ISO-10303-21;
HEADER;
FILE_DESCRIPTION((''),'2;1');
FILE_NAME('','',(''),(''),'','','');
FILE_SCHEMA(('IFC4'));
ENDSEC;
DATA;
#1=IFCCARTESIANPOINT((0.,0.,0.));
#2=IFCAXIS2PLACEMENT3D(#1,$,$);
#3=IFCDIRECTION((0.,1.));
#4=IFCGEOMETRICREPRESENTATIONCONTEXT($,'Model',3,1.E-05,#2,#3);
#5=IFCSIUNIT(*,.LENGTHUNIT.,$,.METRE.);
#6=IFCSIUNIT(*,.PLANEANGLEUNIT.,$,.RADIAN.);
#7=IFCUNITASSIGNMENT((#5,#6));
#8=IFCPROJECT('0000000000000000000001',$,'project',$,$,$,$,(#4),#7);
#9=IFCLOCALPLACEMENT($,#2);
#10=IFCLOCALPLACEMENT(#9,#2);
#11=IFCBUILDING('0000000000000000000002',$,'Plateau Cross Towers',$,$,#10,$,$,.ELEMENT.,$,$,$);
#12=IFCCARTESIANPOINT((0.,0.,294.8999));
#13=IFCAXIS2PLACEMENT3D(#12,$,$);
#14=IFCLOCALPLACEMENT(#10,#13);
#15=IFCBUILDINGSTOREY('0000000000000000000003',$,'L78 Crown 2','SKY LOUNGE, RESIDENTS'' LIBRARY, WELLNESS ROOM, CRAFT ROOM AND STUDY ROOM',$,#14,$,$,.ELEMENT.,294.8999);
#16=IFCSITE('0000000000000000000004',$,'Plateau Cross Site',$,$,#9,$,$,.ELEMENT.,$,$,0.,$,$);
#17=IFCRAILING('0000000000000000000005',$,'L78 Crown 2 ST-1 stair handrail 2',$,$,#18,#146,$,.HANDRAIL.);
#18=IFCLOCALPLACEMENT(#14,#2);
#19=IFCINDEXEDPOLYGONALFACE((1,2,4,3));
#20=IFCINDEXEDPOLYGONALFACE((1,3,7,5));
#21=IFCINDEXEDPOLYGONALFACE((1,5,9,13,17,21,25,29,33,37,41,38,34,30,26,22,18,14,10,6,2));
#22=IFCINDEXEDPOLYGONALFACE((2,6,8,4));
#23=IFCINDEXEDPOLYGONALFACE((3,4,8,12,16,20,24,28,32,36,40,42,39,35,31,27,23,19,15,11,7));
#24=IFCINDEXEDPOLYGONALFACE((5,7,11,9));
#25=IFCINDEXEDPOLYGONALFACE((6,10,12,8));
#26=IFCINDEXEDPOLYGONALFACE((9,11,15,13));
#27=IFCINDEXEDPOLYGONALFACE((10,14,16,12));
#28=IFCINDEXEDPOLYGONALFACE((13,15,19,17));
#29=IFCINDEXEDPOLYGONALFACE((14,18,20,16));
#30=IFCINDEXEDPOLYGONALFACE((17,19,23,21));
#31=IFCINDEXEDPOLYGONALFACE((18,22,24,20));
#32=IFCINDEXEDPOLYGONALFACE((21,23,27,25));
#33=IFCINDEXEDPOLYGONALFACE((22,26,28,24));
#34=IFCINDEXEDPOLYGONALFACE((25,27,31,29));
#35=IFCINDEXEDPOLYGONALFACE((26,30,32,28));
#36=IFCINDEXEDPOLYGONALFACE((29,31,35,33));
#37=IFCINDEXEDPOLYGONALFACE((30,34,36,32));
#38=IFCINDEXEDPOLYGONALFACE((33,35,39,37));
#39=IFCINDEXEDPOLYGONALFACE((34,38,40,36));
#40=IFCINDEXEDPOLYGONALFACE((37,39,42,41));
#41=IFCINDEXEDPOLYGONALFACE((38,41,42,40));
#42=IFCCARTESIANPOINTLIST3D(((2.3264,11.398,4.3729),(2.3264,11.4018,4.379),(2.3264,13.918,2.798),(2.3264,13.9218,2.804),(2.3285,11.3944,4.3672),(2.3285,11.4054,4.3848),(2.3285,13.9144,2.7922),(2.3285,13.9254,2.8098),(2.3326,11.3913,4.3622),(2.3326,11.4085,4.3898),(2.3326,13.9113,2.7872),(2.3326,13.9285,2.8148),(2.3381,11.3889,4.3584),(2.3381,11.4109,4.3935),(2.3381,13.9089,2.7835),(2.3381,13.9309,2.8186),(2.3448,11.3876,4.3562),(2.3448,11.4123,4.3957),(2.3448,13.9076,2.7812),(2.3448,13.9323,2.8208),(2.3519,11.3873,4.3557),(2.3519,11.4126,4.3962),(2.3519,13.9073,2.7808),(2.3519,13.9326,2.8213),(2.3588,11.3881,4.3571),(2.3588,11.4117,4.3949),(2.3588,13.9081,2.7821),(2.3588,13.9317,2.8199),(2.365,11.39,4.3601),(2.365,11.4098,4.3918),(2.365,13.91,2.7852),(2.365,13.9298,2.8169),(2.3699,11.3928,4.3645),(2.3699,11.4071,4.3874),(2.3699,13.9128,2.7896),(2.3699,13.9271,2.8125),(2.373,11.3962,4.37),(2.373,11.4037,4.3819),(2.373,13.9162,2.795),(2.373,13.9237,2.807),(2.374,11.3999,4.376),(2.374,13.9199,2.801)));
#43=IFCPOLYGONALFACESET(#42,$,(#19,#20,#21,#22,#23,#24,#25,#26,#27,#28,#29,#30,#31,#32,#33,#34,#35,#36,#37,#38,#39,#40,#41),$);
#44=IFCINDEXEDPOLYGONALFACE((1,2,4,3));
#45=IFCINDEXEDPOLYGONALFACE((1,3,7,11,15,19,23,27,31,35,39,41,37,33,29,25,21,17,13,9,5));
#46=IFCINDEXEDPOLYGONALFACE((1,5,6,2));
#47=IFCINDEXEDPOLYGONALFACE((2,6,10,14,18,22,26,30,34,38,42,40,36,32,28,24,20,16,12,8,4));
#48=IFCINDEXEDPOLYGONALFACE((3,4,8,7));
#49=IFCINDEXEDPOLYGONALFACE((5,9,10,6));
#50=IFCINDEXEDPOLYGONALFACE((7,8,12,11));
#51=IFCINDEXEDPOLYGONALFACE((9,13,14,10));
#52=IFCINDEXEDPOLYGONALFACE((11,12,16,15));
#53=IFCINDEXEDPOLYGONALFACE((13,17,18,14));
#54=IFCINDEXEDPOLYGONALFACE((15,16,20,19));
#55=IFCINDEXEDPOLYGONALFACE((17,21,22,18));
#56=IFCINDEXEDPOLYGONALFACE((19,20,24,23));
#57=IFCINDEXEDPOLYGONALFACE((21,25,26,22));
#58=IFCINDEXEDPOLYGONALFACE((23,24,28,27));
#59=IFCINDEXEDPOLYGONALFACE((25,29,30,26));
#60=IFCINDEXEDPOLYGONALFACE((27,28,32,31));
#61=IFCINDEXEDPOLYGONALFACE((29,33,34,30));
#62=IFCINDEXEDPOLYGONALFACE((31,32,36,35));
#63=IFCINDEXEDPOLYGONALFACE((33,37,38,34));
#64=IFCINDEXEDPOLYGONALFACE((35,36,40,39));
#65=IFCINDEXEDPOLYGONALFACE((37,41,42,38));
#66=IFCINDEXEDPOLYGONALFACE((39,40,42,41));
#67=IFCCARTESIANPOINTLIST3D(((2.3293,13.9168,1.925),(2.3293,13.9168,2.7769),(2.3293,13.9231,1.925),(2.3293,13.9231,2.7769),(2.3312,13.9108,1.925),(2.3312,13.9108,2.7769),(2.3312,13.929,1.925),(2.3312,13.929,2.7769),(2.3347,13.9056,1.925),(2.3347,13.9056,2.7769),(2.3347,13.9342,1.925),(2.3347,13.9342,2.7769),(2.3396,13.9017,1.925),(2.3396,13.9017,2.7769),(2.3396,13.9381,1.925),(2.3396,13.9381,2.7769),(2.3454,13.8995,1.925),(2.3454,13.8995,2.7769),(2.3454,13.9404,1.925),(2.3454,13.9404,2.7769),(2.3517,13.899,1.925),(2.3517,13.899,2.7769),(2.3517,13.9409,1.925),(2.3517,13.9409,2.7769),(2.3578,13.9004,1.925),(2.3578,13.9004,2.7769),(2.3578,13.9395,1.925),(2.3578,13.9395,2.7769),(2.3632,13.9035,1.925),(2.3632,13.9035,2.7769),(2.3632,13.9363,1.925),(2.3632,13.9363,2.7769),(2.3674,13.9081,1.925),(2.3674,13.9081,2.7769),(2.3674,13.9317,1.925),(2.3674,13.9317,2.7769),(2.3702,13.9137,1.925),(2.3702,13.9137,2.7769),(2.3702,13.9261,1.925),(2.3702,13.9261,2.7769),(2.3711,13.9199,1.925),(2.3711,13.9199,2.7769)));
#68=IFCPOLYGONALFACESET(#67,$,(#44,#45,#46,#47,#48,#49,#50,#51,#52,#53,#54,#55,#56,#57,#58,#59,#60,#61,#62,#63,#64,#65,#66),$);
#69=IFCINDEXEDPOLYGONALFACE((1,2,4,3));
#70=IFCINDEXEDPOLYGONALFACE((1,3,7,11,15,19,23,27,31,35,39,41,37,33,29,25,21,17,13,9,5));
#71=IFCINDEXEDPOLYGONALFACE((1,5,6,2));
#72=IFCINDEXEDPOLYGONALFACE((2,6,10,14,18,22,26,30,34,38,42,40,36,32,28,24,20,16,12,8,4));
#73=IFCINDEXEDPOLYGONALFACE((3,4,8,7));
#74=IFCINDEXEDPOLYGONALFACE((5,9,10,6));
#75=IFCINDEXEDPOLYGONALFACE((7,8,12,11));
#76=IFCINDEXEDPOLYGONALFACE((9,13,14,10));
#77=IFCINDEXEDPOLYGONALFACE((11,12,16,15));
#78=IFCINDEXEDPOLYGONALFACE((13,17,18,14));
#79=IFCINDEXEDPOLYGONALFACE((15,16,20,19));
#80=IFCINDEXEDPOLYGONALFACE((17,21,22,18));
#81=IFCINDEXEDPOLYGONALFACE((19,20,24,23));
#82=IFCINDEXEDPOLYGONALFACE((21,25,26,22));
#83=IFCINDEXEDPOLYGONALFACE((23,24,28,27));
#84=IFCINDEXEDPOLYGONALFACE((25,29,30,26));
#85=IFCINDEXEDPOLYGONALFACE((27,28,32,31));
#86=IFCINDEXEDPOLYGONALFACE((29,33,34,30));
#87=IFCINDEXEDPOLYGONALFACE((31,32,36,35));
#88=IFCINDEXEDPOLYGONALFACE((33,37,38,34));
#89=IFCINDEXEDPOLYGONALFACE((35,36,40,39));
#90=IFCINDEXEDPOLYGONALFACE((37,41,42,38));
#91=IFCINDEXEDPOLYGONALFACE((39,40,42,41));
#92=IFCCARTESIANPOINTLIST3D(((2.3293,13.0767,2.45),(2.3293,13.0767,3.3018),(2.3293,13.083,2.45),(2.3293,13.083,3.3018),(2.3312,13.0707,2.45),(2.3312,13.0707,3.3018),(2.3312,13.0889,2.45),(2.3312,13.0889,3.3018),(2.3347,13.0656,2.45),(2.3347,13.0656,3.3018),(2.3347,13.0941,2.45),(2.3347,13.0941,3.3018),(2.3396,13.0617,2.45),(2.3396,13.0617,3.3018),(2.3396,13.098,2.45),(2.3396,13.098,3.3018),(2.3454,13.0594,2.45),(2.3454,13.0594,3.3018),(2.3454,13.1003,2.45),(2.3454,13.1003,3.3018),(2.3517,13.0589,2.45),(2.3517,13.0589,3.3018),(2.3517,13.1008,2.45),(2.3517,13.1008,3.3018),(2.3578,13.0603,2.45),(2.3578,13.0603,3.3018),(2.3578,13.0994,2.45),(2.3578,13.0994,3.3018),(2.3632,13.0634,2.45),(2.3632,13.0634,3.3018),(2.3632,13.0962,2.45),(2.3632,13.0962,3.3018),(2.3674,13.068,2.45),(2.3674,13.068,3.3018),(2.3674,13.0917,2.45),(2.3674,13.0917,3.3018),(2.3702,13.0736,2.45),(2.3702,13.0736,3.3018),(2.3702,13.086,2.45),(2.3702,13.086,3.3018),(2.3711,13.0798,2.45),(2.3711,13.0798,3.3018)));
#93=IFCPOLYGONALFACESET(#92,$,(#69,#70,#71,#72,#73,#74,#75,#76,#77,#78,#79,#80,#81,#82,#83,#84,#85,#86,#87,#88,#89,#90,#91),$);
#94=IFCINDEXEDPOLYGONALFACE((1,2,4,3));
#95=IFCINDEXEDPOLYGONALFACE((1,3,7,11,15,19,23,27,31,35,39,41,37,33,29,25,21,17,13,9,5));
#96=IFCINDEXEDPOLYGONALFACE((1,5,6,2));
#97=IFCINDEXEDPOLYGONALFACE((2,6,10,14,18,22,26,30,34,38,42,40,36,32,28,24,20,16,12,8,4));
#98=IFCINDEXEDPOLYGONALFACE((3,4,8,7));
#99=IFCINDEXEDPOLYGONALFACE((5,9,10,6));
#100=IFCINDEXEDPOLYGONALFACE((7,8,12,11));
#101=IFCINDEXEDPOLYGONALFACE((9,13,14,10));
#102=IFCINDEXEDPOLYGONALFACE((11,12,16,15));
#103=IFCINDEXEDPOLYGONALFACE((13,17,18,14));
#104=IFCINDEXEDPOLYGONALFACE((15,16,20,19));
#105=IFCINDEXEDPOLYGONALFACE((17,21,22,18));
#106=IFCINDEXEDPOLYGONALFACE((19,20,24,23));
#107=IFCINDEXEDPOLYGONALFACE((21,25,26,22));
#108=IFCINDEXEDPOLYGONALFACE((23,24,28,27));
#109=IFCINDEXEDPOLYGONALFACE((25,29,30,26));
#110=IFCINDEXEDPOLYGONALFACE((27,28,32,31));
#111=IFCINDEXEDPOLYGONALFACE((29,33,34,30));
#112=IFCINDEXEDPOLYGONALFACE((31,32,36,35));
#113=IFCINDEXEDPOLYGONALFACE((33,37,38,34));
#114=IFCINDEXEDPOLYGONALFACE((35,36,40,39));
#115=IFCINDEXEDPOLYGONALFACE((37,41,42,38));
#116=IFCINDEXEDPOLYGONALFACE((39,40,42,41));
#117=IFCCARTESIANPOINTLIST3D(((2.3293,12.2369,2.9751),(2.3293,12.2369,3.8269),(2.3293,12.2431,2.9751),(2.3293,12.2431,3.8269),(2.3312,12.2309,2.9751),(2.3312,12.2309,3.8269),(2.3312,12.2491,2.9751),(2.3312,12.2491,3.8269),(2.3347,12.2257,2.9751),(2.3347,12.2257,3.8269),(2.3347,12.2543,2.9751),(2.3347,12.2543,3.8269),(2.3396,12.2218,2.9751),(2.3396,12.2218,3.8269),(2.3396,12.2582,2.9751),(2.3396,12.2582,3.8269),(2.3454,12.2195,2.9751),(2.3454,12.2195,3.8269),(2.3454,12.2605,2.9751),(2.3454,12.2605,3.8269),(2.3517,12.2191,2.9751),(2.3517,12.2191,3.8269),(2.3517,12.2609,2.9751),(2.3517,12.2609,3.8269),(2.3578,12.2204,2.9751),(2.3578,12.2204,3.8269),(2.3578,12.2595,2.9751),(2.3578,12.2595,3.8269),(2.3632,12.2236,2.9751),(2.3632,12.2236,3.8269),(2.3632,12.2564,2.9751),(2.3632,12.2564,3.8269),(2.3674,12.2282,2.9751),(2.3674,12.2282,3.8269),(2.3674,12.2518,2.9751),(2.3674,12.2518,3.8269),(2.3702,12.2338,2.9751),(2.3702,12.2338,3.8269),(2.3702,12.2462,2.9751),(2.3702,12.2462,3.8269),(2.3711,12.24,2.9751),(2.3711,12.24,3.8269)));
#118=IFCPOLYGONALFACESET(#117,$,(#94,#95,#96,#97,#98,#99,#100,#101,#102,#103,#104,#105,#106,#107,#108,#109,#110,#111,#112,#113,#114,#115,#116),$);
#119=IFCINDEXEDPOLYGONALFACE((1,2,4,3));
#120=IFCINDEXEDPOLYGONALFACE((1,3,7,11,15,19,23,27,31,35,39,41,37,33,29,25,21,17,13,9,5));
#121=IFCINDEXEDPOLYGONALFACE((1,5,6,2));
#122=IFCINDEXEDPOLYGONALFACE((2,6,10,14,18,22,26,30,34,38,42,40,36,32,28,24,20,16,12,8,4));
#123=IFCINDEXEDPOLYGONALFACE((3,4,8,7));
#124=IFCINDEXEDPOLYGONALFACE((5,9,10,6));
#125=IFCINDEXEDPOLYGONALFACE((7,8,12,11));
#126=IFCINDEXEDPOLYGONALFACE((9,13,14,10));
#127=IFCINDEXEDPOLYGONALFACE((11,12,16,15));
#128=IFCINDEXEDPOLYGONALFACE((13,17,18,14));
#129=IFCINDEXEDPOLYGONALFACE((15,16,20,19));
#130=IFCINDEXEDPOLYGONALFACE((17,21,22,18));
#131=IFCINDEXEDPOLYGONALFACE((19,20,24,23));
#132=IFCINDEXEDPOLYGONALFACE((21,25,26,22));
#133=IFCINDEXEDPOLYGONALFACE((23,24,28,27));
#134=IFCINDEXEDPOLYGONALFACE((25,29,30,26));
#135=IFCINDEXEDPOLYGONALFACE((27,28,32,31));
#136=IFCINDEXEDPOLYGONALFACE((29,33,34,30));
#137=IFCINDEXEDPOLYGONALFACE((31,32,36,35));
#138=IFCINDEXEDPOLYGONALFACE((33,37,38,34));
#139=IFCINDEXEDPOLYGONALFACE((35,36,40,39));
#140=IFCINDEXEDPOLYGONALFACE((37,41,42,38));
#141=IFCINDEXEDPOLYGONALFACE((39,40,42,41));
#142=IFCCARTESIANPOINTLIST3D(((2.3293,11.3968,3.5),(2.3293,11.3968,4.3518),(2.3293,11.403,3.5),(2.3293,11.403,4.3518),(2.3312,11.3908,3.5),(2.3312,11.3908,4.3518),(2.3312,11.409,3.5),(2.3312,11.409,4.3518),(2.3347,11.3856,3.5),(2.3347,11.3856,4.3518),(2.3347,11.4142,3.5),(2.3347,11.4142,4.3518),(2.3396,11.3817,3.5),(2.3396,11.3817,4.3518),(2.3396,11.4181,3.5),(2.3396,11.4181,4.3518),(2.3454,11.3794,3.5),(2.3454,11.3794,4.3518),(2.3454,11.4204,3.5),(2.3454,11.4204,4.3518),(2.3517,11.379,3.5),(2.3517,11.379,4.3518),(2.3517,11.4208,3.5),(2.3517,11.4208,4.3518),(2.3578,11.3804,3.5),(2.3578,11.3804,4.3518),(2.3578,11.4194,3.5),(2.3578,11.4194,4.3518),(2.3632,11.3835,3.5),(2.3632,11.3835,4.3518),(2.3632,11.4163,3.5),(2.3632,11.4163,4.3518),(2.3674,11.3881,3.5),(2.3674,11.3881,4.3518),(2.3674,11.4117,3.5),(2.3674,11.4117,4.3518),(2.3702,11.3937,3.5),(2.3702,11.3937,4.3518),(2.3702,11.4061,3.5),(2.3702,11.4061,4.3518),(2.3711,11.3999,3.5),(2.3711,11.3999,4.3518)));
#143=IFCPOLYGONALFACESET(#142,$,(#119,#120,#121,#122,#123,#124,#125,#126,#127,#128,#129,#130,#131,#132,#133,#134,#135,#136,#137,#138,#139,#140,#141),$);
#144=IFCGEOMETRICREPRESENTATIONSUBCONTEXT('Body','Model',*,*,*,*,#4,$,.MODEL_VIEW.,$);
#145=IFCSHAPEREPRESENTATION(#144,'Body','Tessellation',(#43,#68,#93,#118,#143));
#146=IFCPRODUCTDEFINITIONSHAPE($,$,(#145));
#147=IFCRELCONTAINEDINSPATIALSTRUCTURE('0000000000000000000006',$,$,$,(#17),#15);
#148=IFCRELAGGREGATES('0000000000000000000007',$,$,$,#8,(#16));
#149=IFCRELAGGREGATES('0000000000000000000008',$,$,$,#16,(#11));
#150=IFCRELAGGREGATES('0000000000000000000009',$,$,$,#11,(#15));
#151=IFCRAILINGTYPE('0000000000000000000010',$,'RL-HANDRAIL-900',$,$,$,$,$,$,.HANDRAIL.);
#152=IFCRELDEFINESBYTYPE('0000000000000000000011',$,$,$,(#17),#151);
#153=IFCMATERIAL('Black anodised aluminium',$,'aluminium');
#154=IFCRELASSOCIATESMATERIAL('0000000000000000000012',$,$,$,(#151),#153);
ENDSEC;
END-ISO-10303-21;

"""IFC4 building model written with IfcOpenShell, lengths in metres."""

from ifc_helpers import new_model, si_unit, direction, frame, origin, origin_2d, place, context, subcontext, project, spatial, circle, extrude, material, type_object, element, save


model = new_model("IFC4")

# Units and contexts
model_context = context("Model", 3, precision=1e-05, world=origin(), true_north=direction((0.0, 1.0)))
body_context = subcontext(model_context, "Body", "Model", "MODEL_VIEW")
ifc_project = project(units=[si_unit("LENGTHUNIT", "METRE"), si_unit("PLANEANGLEUNIT", "RADIAN")], contexts=[model_context])

# Site, building, storey
site_placement = place(None, origin())
site = spatial("IfcSite", under=ifc_project, at=site_placement, Name="Plateau Cross Site", CompositionType="ELEMENT", RefElevation=0.0)
building_placement = place(site_placement, origin())
building = spatial("IfcBuilding", under=site, at=building_placement, Name="Plateau Cross Towers", CompositionType="ELEMENT")
storey_placement = place(building_placement, frame((0.0, 0.0, 294.8999)))
storey = spatial("IfcBuildingStorey", under=building, at=storey_placement, Name="L78 Crown 2", Description="SKY LOUNGE, RESIDENTS' LIBRARY, WELLNESS ROOM, CRAFT ROOM AND STUDY ROOM", CompositionType="ELEMENT", Elevation=294.8999)

# Shared definitions
ifc_material_1 = material(Name="Black anodised aluminium", Category="aluminium")

# Railing
railing_type_1 = type_object("IfcRailingType", Name="RL-HANDRAIL-900", PredefinedType="HANDRAIL", material=ifc_material_1)
railing_1_placement = place(storey_placement, frame((2.3501, 13.9199, 1.925)))
element("IfcRailing", 1, at=railing_1_placement, inside=storey, type_object=railing_type_1, Name="L78 Crown 2 ST-1 stair handrail 2", PredefinedType="HANDRAIL", context=body_context, shape_type="SweptSolid", body=[
    extrude(circle(Radius=0.0239, at=origin_2d()), frame((0.0, 0.0, 0.876), z_axis=(0.0, -0.848008, 0.529984), x_axis=(1.0, 0.0, 0.0)), (0.0, 0.0, 1.0), 2.9717),
    extrude(circle(Radius=0.021, at=origin_2d()), origin(), (0.0, 0.0, 1.0), 0.8518),
    extrude(circle(Radius=0.021, at=origin_2d()), frame((0.0, -0.8401, 0.5249)), (0.0, 0.0, 1.0), 0.8518),
    extrude(circle(Radius=0.021, at=origin_2d()), frame((0.0, -1.6799, 1.05)), (0.0, 0.0, 1.0), 0.8518),
    extrude(circle(Radius=0.021, at=origin_2d()), frame((0.0, -2.52, 1.575)), (0.0, 0.0, 1.0), 0.8518),
])

save(model, "model.ifc")
